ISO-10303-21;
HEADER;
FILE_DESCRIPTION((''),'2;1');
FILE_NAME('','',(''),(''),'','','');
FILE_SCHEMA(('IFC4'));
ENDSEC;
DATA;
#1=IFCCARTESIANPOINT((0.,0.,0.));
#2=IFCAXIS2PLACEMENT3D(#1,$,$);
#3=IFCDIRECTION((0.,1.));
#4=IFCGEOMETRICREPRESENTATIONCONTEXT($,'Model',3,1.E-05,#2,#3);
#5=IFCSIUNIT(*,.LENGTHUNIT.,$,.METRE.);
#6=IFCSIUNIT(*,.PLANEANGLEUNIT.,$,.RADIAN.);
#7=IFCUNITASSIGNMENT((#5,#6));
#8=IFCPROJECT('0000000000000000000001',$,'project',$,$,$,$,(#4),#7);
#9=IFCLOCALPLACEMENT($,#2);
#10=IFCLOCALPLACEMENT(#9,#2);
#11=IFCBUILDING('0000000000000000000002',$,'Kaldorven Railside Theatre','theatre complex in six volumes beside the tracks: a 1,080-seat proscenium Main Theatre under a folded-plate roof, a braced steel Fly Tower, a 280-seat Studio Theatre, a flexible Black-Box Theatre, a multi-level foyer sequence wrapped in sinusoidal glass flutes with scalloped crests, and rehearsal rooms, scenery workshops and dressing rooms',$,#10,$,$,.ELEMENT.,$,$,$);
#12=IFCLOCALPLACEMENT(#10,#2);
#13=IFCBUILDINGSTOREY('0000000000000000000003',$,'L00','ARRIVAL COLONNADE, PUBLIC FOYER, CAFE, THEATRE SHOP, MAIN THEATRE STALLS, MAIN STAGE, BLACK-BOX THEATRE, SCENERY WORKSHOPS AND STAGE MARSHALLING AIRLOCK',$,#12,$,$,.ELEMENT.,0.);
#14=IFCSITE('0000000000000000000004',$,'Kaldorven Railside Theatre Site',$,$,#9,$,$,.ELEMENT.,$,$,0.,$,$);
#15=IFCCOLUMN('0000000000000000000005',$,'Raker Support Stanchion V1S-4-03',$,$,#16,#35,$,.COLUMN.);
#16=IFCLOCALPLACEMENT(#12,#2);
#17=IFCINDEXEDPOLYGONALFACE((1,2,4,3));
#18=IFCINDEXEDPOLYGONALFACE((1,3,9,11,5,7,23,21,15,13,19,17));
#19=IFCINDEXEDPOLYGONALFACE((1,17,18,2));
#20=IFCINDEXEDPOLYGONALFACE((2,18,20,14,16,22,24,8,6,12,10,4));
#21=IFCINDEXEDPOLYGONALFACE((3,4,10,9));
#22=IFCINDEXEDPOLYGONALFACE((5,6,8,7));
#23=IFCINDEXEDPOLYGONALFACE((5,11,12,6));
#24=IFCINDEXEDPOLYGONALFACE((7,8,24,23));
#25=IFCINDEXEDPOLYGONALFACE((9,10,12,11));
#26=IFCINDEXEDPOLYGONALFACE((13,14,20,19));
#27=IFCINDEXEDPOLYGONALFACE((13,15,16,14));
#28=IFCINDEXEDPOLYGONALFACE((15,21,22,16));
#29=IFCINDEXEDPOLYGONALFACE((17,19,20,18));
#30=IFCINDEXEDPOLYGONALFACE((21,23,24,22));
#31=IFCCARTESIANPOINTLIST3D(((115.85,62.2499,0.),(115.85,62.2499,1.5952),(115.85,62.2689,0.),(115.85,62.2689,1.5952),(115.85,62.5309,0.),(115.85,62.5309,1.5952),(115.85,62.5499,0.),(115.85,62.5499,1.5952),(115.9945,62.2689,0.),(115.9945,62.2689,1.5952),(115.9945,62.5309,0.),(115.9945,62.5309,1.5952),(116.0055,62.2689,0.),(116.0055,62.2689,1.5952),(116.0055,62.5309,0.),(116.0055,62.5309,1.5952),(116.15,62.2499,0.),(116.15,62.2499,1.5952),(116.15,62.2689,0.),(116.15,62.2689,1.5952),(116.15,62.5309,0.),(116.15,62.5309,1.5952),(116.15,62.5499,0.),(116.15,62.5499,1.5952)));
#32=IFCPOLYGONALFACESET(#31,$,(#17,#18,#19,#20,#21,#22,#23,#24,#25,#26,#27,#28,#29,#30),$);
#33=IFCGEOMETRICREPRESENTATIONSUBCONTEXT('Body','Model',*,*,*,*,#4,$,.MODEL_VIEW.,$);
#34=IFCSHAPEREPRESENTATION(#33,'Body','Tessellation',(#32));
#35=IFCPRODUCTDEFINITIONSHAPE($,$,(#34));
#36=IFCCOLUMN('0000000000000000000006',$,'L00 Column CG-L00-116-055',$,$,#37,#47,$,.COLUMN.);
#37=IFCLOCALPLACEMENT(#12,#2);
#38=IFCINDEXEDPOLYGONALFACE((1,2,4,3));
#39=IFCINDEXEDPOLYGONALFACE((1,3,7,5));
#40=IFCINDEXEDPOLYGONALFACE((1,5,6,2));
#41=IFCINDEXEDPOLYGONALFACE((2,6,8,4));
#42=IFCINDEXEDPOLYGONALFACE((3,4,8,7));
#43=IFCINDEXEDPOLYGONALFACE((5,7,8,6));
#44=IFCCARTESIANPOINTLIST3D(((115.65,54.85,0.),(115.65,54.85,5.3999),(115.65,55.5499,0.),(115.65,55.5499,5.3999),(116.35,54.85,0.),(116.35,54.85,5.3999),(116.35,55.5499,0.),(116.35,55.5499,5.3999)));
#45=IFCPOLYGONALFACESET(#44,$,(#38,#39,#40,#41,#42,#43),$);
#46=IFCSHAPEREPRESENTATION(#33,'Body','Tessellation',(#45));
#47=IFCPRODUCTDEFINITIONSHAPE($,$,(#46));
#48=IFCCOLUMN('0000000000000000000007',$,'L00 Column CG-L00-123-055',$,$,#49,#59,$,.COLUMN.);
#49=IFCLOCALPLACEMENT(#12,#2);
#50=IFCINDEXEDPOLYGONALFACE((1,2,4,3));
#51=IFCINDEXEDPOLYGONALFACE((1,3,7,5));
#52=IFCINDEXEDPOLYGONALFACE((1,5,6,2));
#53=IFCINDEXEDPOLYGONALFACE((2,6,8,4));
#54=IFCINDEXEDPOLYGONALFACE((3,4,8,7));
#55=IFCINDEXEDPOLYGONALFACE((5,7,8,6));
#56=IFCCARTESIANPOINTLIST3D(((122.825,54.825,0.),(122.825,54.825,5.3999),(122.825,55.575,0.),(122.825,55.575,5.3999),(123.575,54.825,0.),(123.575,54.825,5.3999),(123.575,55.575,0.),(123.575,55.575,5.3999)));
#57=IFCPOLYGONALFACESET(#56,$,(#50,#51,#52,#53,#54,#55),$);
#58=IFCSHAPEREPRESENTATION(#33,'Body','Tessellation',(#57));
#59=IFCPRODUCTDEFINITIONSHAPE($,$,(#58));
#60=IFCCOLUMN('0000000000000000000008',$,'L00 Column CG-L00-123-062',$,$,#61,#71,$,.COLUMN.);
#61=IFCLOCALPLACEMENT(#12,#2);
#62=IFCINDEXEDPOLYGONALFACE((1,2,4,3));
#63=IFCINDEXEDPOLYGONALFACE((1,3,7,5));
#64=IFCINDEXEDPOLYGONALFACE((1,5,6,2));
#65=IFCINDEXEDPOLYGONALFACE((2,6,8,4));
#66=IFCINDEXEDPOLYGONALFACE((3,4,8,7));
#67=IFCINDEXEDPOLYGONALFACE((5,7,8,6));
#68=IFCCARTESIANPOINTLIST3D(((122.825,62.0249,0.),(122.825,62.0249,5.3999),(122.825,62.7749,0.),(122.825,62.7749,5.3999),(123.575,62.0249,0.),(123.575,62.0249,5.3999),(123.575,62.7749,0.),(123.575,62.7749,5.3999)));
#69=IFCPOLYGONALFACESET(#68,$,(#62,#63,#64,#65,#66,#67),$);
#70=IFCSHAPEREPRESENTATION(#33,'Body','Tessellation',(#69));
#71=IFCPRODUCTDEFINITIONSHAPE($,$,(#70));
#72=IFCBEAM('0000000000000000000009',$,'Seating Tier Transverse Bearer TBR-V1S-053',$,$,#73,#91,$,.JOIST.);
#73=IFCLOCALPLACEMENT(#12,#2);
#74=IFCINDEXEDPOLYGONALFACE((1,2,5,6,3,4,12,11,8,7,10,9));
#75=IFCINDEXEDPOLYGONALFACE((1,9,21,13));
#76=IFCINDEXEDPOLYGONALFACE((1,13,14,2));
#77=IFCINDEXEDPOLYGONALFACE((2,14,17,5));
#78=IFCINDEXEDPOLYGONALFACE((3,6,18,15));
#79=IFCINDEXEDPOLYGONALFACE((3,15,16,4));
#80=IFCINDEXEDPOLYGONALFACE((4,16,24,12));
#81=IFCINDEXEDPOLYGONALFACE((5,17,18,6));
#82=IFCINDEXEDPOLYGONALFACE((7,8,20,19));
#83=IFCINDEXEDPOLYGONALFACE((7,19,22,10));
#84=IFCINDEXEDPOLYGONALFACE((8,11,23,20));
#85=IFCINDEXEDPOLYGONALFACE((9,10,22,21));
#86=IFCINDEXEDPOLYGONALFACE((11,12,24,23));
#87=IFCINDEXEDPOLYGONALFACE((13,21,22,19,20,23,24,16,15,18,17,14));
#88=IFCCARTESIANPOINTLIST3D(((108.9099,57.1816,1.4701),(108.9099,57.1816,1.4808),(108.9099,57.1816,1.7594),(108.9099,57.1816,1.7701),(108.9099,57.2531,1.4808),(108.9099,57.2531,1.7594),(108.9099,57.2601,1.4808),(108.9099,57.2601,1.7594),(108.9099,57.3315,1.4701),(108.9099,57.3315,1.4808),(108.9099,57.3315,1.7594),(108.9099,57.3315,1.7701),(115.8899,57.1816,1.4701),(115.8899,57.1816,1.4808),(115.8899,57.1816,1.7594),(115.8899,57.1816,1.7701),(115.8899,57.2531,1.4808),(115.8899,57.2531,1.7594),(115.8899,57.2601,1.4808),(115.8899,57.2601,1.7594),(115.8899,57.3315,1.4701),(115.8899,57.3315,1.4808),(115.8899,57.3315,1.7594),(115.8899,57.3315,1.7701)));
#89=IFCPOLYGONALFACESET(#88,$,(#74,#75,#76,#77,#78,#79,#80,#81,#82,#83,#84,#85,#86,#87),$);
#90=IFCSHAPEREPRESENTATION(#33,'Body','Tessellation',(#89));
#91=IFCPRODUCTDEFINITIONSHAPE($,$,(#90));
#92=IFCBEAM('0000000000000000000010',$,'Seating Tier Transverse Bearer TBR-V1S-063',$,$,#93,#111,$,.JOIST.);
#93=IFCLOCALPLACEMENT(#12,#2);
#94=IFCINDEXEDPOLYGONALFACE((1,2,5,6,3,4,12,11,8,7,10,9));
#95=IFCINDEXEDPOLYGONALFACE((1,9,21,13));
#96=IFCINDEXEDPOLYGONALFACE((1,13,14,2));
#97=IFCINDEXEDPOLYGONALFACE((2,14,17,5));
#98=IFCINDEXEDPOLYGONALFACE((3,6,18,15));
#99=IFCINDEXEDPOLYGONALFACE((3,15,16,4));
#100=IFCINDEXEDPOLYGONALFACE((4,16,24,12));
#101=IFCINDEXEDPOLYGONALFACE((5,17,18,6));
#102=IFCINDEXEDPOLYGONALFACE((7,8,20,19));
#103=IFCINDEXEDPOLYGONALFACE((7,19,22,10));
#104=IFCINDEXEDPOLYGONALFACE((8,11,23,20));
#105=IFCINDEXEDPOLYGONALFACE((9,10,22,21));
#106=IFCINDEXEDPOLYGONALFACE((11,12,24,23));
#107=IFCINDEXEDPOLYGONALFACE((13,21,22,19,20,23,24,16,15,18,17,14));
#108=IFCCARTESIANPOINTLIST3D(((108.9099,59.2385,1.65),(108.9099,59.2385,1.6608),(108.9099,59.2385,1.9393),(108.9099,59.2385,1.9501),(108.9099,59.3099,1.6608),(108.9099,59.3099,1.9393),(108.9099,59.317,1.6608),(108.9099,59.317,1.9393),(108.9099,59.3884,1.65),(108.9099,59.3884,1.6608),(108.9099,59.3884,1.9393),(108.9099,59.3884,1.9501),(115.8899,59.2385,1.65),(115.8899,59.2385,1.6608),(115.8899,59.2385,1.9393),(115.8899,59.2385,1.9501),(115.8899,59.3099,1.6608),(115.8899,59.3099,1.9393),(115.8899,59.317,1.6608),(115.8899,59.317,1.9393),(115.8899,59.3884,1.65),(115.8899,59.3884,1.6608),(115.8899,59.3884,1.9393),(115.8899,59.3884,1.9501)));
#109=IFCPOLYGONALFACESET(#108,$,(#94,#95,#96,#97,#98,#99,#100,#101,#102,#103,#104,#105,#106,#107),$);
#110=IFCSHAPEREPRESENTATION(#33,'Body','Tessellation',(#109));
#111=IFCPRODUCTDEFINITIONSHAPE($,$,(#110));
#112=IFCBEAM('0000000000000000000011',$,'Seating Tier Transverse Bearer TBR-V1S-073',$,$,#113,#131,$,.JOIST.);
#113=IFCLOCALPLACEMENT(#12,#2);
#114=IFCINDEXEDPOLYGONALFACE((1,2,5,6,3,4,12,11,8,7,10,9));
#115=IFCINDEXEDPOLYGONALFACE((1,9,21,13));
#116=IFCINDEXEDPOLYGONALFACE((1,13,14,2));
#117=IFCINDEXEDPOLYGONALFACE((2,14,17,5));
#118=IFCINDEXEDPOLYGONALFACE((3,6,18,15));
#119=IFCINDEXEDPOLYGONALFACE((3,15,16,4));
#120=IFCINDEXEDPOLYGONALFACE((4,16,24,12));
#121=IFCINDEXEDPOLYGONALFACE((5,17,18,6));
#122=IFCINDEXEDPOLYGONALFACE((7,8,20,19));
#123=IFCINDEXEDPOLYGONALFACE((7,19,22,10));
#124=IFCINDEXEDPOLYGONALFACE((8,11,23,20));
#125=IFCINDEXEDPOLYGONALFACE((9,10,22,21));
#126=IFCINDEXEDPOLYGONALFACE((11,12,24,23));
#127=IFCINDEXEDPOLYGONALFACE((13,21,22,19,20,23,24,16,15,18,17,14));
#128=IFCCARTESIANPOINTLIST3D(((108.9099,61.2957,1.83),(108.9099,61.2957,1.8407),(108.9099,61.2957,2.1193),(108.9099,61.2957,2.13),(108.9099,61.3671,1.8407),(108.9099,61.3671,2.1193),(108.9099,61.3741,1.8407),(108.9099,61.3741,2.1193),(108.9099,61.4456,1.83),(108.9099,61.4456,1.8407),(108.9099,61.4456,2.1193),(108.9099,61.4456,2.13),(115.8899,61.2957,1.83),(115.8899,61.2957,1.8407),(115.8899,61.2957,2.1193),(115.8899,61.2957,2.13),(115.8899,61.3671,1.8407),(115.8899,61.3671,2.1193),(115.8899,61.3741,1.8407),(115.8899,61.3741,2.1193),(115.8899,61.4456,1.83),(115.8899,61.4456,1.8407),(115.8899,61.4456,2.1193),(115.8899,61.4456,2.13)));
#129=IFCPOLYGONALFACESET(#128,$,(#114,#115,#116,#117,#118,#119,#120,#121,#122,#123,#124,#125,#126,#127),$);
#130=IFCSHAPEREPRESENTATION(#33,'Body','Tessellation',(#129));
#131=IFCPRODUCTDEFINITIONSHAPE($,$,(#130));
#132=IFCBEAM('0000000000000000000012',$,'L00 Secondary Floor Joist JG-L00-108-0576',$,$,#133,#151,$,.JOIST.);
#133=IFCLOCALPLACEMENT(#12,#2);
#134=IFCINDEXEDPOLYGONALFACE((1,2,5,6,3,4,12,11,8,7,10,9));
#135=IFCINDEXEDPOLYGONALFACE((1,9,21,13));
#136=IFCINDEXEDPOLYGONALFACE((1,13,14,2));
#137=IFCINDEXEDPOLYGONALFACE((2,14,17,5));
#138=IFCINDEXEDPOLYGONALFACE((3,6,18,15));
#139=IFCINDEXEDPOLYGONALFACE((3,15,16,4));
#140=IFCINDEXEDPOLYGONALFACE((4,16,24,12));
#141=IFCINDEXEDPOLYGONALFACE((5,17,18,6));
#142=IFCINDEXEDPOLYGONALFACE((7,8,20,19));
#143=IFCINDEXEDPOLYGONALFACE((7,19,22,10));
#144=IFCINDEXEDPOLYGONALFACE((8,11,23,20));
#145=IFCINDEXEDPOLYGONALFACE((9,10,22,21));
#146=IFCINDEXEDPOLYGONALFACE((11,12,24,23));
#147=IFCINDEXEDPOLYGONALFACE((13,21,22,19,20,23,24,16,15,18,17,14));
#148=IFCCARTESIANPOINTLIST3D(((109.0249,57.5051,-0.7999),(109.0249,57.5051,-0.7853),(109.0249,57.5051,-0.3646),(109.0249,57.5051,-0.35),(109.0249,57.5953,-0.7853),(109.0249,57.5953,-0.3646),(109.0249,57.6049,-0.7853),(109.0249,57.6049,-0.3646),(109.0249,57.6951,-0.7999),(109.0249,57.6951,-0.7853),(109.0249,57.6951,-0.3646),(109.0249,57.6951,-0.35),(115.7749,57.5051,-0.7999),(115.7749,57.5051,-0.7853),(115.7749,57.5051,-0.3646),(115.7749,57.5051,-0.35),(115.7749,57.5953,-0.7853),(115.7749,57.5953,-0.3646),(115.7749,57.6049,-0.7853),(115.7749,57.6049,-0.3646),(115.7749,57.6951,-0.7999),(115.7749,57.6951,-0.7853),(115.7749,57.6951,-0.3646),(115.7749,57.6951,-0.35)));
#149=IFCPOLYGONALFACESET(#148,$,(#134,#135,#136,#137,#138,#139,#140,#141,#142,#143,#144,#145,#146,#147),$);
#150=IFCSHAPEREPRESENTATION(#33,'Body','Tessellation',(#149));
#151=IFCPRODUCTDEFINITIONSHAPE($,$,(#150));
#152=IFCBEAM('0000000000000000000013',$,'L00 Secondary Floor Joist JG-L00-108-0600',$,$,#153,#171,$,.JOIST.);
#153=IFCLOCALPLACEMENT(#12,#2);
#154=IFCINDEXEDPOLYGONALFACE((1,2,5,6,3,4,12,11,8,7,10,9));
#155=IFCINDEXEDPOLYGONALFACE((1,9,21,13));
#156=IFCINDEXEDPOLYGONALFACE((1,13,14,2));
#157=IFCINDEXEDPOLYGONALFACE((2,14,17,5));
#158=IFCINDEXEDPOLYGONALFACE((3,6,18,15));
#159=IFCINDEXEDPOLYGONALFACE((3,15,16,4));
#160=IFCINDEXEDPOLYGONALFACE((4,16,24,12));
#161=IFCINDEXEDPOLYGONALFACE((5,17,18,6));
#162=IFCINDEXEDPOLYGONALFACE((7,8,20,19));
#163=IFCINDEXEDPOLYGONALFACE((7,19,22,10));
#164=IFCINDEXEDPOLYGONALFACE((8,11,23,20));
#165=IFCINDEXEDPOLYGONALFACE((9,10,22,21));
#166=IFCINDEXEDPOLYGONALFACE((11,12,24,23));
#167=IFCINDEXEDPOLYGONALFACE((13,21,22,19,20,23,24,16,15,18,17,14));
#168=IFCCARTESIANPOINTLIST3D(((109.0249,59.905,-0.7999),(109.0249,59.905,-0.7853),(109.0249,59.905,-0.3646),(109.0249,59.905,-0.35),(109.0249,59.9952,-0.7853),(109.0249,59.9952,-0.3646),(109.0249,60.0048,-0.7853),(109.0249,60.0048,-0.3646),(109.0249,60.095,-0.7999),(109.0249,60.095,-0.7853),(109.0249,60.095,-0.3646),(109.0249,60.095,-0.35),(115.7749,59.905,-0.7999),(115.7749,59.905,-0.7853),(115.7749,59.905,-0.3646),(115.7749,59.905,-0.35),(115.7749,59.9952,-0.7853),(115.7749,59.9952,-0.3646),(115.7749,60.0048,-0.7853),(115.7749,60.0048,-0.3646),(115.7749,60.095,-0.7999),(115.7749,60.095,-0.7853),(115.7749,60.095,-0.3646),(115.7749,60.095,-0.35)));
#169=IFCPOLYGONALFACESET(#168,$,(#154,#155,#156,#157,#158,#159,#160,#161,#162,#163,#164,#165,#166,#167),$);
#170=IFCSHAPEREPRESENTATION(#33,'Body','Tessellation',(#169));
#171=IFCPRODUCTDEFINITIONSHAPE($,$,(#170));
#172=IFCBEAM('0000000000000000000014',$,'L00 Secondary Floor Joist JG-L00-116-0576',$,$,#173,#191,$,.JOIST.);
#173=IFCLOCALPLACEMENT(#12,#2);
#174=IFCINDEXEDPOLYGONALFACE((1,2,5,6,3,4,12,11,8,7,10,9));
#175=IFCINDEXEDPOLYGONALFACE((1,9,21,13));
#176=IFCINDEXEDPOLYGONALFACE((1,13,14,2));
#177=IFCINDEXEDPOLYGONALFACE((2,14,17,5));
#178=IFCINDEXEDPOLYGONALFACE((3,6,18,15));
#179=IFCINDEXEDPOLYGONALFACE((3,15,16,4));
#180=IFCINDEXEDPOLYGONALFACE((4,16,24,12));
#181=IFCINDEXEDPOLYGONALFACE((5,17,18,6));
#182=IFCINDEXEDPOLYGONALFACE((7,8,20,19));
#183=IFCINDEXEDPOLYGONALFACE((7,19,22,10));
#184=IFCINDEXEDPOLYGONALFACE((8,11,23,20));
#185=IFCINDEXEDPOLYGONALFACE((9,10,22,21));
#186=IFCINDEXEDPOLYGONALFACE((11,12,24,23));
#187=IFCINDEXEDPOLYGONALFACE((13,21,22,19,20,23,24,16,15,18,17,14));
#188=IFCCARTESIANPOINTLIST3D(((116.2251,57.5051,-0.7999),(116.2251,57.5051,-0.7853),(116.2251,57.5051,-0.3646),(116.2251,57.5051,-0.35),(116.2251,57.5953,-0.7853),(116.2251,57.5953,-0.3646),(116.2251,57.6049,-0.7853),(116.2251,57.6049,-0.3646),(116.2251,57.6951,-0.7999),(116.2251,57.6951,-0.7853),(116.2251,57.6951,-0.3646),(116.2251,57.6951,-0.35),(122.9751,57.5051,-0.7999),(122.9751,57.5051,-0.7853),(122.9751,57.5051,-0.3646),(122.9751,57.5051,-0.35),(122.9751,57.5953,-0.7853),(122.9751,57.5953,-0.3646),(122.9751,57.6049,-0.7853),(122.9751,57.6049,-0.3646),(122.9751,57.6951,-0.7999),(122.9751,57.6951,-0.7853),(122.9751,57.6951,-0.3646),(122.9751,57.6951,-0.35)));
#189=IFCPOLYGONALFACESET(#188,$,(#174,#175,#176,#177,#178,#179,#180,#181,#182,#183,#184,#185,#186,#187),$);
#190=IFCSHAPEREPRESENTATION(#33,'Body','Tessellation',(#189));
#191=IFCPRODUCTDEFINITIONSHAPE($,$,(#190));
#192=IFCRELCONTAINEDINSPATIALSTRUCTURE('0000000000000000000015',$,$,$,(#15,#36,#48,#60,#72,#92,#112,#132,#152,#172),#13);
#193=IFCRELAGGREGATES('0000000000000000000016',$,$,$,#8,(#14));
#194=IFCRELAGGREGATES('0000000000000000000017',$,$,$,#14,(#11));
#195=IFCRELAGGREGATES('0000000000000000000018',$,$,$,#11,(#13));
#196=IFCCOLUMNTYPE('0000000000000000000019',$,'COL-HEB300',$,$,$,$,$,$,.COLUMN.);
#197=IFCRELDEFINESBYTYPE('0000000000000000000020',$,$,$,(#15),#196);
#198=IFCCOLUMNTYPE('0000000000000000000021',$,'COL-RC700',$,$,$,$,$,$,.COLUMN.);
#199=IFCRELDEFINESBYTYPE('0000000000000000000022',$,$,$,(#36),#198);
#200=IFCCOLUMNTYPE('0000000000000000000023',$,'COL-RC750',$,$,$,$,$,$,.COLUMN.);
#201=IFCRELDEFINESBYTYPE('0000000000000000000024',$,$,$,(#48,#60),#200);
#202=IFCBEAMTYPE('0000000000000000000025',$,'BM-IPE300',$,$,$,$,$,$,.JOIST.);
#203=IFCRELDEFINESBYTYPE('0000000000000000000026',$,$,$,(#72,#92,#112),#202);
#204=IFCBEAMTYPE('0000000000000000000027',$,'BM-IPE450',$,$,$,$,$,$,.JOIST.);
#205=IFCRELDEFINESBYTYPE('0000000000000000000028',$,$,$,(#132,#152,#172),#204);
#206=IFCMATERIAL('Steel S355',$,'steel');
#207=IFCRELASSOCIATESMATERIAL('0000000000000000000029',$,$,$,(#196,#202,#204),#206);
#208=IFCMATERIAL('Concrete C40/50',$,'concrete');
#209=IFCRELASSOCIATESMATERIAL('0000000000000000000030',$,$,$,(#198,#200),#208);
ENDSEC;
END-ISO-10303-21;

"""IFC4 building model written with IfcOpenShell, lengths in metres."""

from ifc_helpers import new_model, si_unit, direction, frame, origin, origin_2d, place, context, subcontext, project, spatial, rectangle, i_section, extrude, material, material_profile, profile_set, type_object, element, save


model = new_model("IFC4")

# Units and contexts
model_context = context("Model", 3, precision=1e-05, world=origin(), true_north=direction((0.0, 1.0)))
body_context = subcontext(model_context, "Body", "Model", "MODEL_VIEW")
ifc_project = project(units=[si_unit("LENGTHUNIT", "METRE"), si_unit("PLANEANGLEUNIT", "RADIAN")], contexts=[model_context])

# Site, building, storey
site_placement = place(None, origin())
site = spatial("IfcSite", under=ifc_project, at=site_placement, Name="Kaldorven Railside Theatre Site", CompositionType="ELEMENT", RefElevation=0.0)
building_placement = place(site_placement, origin())
building = spatial("IfcBuilding", under=site, at=building_placement, Name="Kaldorven Railside Theatre", Description="theatre complex in six volumes beside the tracks: a 1,080-seat proscenium Main Theatre under a folded-plate roof, a braced steel Fly Tower, a 280-seat Studio Theatre, a flexible Black-Box Theatre, a multi-level foyer sequence wrapped in sinusoidal glass flutes with scalloped crests, and rehearsal rooms, scenery workshops and dressing rooms", CompositionType="ELEMENT")
storey_placement = place(building_placement, origin())
storey = spatial("IfcBuildingStorey", under=building, at=storey_placement, Name="L00", Description="ARRIVAL COLONNADE, PUBLIC FOYER, CAFE, THEATRE SHOP, MAIN THEATRE STALLS, MAIN STAGE, BLACK-BOX THEATRE, SCENERY WORKSHOPS AND STAGE MARSHALLING AIRLOCK", CompositionType="ELEMENT", Elevation=0.0)

# Columns
ifc_material_1 = material(Name="Steel S355", Category="steel")
ifc_material_profile_1 = material_profile(ifc_material_1, i_section(OverallWidth=0.3, OverallDepth=0.3, WebThickness=0.011, FlangeThickness=0.019, at=origin_2d()), Name="HEB 300")
ifc_profile_set_1 = profile_set([ifc_material_profile_1], Name="Steel S355")
column_type_1 = type_object("IfcColumnType", Name="COL-HEB300", PredefinedType="COLUMN", material=ifc_profile_set_1)
column_1_placement = place(storey_placement, frame((116.0, 62.3999, 0.0), z_axis=(0.0, 0.0, 1.0), x_axis=(1.0, 0.0, 0.0)))
element("IfcColumn", 1, at=column_1_placement, inside=storey, type_object=column_type_1, Name="Raker Support Stanchion V1S-4-03", PredefinedType="COLUMN", context=body_context, shape_type="SweptSolid", body=[
    extrude(i_section(OverallWidth=0.3, OverallDepth=0.3, WebThickness=0.011, FlangeThickness=0.019, at=origin_2d()), origin(), (0.0, 0.0, 1.0), 1.5952),
])
ifc_material_2 = material(Name="Concrete C40/50", Category="concrete")
ifc_material_profile_2 = material_profile(ifc_material_2, rectangle(XDim=0.7, YDim=0.7, at=origin_2d()), Name="RC 700x700")
ifc_profile_set_2 = profile_set([ifc_material_profile_2], Name="Concrete C40/50")
column_type_2 = type_object("IfcColumnType", Name="COL-RC700", PredefinedType="COLUMN", material=ifc_profile_set_2)
column_2_placement = place(storey_placement, frame((116.0, 55.2, 0.0), z_axis=(0.0, 0.0, 1.0), x_axis=(0.0, 1.0, 0.0)))
element("IfcColumn", 2, at=column_2_placement, inside=storey, type_object=column_type_2, Name="L00 Column CG-L00-116-055", PredefinedType="COLUMN", context=body_context, shape_type="SweptSolid", body=[
    extrude(rectangle(XDim=0.7, YDim=0.7, at=origin_2d()), origin(), (0.0, 0.0, 1.0), 5.3999),
])
ifc_material_profile_3 = material_profile(ifc_material_2, rectangle(XDim=0.75, YDim=0.75, at=origin_2d()), Name="RC 750x750")
ifc_profile_set_3 = profile_set([ifc_material_profile_3], Name="Concrete C40/50")
column_type_3 = type_object("IfcColumnType", Name="COL-RC750", PredefinedType="COLUMN", material=ifc_profile_set_3)
for number, where, z_axis, x_axis, name in (
    (3, (123.2, 55.2, 0.0), (0.0, 0.0, 1.0), (1.0, 0.0, 0.0), "L00 Column CG-L00-123-055"),
    (4, (123.2, 62.3999, 0.0), (0.0, 0.0, 1.0), (0.0, 1.0, 0.0), "L00 Column CG-L00-123-062"),
):
    element("IfcColumn", number, at=place(storey_placement, frame(where, z_axis=z_axis, x_axis=x_axis)), inside=storey, type_object=column_type_3, Name=name, PredefinedType="COLUMN", context=body_context, shape_type="SweptSolid", body=[
        extrude(rectangle(XDim=0.75, YDim=0.75, at=origin_2d()), origin(), (0.0, 0.0, 1.0), 5.3999),
    ])

# Beams
ifc_material_profile_4 = material_profile(ifc_material_1, i_section(OverallWidth=0.1499, OverallDepth=0.3, WebThickness=0.0071, FlangeThickness=0.0107, at=origin_2d()), Name="IPE 300")
ifc_profile_set_4 = profile_set([ifc_material_profile_4], Name="Steel S355")
beam_type_1 = type_object("IfcBeamType", Name="BM-IPE300", PredefinedType="JOIST", material=ifc_profile_set_4)
for number, where, z_axis, x_axis, name in (
    (5, (108.9099, 57.2566, 1.6201), (1.0, 0.0, 0.0), (0.0, 1.0, 0.0), "Seating Tier Transverse Bearer TBR-V1S-053"),
    (6, (108.9099, 59.3135, 1.8), (1.0, 0.0, 0.0), (0.0, 1.0, 0.0), "Seating Tier Transverse Bearer TBR-V1S-063"),
    (7, (108.9099, 61.3706, 1.98), (1.0, 0.0, 0.0), (0.0, 1.0, 0.0), "Seating Tier Transverse Bearer TBR-V1S-073"),
):
    element("IfcBeam", number, at=place(storey_placement, frame(where, z_axis=z_axis, x_axis=x_axis)), inside=storey, type_object=beam_type_1, Name=name, PredefinedType="JOIST", context=body_context, shape_type="SweptSolid", body=[
        extrude(i_section(OverallWidth=0.1499, OverallDepth=0.3, WebThickness=0.0071, FlangeThickness=0.0107, at=origin_2d()), origin(), (0.0, 0.0, 1.0), 6.98),
    ])
ifc_material_profile_5 = material_profile(ifc_material_1, i_section(OverallWidth=0.1899, OverallDepth=0.45, WebThickness=0.0095, FlangeThickness=0.0146, at=origin_2d()), Name="IPE 450")
ifc_profile_set_5 = profile_set([ifc_material_profile_5], Name="Steel S355")
beam_type_2 = type_object("IfcBeamType", Name="BM-IPE450", PredefinedType="JOIST", material=ifc_profile_set_5)
for number, where, z_axis, x_axis, name in (
    (8, (109.0249, 57.6001, -0.575), (1.0, 0.0, 0.0), (0.0, 1.0, 0.0), "L00 Secondary Floor Joist JG-L00-108-0576"),
    (9, (109.0249, 60.0, -0.575), (1.0, 0.0, 0.0), (0.0, 1.0, 0.0), "L00 Secondary Floor Joist JG-L00-108-0600"),
    (10, (116.2251, 57.6001, -0.575), (1.0, 0.0, 0.0), (0.0, 1.0, 0.0), "L00 Secondary Floor Joist JG-L00-116-0576"),
):
    element("IfcBeam", number, at=place(storey_placement, frame(where, z_axis=z_axis, x_axis=x_axis)), inside=storey, type_object=beam_type_2, Name=name, PredefinedType="JOIST", context=body_context, shape_type="SweptSolid", body=[
        extrude(i_section(OverallWidth=0.1899, OverallDepth=0.45, WebThickness=0.0095, FlangeThickness=0.0146, at=origin_2d()), origin(), (0.0, 0.0, 1.0), 6.75),
    ])

save(model, "model.ifc")
